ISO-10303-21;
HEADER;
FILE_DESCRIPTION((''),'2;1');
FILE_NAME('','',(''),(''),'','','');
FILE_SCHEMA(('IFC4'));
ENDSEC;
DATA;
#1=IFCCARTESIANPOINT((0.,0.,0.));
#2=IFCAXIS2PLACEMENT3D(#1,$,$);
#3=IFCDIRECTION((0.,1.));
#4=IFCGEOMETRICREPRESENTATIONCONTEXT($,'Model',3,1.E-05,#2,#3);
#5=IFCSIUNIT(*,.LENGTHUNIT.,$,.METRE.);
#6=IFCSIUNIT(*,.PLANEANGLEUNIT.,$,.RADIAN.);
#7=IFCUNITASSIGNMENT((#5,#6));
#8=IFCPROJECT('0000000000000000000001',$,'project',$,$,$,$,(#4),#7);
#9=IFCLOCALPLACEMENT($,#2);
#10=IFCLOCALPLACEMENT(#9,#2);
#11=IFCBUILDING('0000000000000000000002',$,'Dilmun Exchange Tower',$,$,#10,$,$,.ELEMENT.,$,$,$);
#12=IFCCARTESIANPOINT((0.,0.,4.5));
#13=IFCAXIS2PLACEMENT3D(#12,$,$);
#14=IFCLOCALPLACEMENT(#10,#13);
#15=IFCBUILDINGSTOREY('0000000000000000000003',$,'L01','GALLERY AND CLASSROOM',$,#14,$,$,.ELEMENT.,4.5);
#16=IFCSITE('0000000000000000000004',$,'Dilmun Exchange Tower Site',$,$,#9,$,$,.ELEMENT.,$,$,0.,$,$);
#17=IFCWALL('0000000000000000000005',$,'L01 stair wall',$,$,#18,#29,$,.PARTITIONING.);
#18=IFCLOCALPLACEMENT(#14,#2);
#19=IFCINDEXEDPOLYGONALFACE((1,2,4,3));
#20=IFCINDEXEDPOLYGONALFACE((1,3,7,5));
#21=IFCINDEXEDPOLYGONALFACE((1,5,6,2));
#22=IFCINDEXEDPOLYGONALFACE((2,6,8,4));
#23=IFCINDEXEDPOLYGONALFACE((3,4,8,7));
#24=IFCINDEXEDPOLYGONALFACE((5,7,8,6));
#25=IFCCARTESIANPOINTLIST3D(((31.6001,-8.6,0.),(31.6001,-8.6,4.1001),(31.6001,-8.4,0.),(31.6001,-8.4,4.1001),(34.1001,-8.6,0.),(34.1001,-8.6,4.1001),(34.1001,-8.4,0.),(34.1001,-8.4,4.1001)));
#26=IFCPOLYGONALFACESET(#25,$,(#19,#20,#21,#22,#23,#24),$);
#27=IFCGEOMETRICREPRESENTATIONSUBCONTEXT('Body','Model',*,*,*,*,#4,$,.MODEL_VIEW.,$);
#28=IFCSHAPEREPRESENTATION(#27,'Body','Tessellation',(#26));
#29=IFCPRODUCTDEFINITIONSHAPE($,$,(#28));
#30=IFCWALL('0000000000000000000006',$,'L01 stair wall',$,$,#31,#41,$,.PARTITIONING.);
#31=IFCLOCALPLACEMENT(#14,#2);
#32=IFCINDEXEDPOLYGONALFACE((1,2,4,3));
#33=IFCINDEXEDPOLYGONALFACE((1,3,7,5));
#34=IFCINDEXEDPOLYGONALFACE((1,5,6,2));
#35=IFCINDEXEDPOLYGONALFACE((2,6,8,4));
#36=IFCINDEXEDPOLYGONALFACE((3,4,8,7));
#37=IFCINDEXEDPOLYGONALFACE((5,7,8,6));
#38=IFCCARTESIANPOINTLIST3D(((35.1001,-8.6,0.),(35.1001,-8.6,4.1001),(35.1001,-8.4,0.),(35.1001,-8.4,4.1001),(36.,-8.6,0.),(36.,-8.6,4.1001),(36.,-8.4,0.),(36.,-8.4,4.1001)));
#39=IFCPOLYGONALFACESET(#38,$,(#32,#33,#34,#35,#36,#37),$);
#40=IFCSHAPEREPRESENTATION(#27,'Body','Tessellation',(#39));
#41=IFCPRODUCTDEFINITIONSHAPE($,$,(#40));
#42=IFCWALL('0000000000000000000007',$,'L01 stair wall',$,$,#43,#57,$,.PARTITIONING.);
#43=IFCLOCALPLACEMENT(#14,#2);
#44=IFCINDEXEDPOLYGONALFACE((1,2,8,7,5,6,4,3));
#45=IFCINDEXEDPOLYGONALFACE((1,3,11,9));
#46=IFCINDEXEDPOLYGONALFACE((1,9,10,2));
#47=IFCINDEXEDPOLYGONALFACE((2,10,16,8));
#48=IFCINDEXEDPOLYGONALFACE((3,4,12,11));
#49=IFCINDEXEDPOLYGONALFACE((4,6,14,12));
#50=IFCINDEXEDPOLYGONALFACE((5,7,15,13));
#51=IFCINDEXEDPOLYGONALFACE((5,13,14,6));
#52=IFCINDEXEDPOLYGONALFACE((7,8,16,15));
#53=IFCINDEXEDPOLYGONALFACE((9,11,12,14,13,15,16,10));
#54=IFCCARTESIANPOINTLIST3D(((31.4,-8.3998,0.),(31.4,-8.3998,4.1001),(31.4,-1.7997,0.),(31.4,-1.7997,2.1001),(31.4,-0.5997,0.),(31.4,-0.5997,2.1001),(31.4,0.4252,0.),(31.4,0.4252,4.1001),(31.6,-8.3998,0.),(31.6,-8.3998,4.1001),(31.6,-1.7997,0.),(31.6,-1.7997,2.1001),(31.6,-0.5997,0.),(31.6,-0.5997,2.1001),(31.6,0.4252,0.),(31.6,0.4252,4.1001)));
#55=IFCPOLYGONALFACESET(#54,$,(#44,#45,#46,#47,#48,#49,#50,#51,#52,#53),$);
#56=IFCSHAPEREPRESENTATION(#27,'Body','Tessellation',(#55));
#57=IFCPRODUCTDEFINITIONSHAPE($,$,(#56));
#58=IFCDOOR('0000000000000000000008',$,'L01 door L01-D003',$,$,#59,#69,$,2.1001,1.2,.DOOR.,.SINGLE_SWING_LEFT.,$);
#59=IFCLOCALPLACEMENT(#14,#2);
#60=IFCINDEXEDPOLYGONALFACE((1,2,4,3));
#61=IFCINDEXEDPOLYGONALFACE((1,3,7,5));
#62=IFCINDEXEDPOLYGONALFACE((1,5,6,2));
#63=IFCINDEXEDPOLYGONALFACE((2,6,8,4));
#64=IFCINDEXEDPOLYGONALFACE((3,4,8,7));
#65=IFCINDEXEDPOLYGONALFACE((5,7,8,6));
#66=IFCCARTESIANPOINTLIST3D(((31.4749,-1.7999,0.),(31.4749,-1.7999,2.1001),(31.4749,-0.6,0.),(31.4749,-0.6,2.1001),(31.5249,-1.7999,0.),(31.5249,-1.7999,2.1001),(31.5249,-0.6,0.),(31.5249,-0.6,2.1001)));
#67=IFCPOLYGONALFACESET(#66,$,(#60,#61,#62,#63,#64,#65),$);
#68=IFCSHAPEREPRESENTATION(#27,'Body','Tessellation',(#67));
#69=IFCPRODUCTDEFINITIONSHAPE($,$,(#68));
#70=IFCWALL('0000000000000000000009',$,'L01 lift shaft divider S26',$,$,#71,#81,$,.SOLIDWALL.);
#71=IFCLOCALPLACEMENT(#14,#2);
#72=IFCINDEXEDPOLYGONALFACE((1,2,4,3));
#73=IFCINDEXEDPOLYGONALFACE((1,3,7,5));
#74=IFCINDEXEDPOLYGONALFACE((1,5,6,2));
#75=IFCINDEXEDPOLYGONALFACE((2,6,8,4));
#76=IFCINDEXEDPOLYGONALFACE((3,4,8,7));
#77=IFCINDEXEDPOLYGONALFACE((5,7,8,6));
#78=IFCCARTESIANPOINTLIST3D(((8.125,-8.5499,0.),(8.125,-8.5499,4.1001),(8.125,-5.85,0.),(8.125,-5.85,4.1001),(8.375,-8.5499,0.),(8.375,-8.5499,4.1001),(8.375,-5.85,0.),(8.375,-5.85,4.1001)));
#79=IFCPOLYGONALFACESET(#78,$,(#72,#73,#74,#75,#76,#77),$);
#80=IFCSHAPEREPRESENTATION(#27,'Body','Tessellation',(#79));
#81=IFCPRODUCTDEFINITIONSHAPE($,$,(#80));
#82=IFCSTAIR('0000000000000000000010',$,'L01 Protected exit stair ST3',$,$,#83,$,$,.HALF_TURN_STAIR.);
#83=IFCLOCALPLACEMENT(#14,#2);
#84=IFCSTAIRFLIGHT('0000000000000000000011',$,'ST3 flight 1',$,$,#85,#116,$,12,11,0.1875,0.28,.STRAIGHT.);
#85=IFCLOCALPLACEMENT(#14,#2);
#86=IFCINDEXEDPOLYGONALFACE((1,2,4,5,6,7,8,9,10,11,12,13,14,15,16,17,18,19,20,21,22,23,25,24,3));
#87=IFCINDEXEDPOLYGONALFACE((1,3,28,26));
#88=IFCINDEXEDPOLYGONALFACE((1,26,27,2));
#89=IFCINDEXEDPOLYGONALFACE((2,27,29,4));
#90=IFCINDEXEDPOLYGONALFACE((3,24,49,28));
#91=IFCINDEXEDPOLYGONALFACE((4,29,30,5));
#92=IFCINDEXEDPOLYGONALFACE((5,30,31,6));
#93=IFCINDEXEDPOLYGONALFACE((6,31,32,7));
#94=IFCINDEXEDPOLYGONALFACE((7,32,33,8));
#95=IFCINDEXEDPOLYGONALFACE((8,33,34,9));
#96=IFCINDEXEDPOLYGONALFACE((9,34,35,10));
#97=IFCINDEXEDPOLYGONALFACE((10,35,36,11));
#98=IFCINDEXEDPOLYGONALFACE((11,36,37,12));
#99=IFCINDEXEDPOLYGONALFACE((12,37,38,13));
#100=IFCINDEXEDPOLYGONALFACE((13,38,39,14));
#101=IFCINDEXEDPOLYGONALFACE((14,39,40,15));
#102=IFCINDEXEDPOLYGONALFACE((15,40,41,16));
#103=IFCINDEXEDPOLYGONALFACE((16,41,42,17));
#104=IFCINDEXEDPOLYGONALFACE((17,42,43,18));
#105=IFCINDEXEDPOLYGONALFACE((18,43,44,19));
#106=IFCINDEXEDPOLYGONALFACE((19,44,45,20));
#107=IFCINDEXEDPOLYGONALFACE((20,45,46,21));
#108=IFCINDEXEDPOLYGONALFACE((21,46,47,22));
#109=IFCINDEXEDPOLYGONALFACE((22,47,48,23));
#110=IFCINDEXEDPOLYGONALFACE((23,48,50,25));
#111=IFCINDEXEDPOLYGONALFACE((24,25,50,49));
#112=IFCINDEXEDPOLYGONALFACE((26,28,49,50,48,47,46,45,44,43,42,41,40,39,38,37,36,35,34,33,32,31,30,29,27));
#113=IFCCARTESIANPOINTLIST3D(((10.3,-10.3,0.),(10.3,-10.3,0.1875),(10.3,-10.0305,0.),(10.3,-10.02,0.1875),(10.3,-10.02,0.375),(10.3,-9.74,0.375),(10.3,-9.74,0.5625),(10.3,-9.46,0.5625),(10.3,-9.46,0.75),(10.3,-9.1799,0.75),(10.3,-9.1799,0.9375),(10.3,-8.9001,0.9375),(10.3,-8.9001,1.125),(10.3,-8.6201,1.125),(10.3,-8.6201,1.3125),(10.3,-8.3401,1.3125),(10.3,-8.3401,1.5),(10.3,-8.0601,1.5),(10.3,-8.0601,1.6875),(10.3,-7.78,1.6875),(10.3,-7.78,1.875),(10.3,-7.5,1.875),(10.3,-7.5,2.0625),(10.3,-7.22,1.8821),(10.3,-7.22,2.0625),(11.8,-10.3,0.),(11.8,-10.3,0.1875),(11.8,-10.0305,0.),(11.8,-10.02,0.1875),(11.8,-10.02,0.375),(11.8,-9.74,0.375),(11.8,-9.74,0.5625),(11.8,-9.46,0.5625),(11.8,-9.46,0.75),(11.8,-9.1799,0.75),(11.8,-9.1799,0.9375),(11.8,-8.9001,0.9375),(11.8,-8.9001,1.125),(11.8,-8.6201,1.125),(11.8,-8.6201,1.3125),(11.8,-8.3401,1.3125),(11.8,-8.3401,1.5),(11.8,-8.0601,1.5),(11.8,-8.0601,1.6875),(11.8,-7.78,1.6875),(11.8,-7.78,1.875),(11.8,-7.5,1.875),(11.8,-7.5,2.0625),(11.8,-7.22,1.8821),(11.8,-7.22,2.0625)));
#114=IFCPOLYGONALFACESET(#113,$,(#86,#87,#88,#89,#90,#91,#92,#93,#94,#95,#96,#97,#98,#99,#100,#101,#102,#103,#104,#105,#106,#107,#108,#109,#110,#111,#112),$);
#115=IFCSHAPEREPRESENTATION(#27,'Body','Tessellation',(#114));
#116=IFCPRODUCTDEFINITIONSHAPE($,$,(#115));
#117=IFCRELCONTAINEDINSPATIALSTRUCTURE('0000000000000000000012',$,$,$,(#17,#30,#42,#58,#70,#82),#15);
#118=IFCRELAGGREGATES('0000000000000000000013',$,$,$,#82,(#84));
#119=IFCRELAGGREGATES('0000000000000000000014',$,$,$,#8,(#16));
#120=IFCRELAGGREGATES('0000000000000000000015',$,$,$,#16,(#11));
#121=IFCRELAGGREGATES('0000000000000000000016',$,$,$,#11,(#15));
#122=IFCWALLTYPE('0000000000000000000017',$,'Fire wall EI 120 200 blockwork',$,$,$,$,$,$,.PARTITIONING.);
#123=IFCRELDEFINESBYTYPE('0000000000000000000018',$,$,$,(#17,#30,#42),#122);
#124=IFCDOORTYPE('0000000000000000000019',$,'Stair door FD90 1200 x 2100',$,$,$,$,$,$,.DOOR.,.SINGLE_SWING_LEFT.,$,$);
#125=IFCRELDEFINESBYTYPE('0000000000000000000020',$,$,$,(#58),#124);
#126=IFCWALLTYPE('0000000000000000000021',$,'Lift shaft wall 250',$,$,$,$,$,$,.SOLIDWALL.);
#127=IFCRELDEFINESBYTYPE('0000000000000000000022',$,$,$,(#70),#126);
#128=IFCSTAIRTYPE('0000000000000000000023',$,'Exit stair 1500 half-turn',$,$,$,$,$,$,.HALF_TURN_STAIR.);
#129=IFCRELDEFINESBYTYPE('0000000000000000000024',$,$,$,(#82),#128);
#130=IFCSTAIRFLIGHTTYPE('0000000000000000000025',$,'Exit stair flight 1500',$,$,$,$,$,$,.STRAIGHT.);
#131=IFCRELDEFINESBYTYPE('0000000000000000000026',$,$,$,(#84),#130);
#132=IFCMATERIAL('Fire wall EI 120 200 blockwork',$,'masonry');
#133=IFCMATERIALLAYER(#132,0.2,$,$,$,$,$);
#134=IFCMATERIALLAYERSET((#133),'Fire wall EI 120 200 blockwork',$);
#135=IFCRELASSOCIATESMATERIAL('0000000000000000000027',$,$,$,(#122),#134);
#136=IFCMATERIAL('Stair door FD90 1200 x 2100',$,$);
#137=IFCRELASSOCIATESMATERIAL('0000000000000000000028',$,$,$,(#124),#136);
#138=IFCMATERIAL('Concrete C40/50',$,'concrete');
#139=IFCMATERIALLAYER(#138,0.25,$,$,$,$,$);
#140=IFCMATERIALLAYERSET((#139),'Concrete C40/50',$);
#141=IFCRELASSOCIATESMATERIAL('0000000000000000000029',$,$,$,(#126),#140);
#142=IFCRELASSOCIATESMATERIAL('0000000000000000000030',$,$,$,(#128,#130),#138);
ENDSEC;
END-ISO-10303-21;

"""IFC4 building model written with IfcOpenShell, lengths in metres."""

from ifc_helpers import new_model, si_unit, direction, frame, frame_2d, origin, place, context, subcontext, project, spatial, polyline, rectangle, outline, extrude, material, layer, layer_set, type_object, element, fill, aggregate, save


model = new_model("IFC4")

# Units and contexts
model_context = context("Model", 3, precision=1e-05, world=origin(), true_north=direction((0.0, 1.0)))
body_context = subcontext(model_context, "Body", "Model", "MODEL_VIEW")
ifc_project = project(units=[si_unit("LENGTHUNIT", "METRE"), si_unit("PLANEANGLEUNIT", "RADIAN")], contexts=[model_context])

# Site, building, storey
site_placement = place(None, origin())
site = spatial("IfcSite", under=ifc_project, at=site_placement, Name="Dilmun Exchange Tower Site", CompositionType="ELEMENT", RefElevation=0.0)
building_placement = place(site_placement, origin())
building = spatial("IfcBuilding", under=site, at=building_placement, Name="Dilmun Exchange Tower", CompositionType="ELEMENT")
storey_placement = place(building_placement, frame((0.0, 0.0, 4.5)))
storey = spatial("IfcBuildingStorey", under=building, at=storey_placement, Name="L01", Description="GALLERY AND CLASSROOM", CompositionType="ELEMENT", Elevation=4.5)

# Walls
ifc_material_1 = material(Name="Fire wall EI 120 200 blockwork", Category="masonry")
ifc_layer_1 = layer(ifc_material_1, 0.2)
ifc_layer_set_1 = layer_set([ifc_layer_1], Name="Fire wall EI 120 200 blockwork")
wall_type_1 = type_object("IfcWallType", Name="Fire wall EI 120 200 blockwork", PredefinedType="PARTITIONING", material=ifc_layer_set_1)
wall_1_placement = place(storey_placement, frame((31.6001, -8.5, 0.0), z_axis=(0.0, 0.0, 1.0), x_axis=(1.0, 0.0, 0.0)))
element("IfcWall", 1, at=wall_1_placement, inside=storey, type_object=wall_type_1, Name="L01 stair wall", PredefinedType="PARTITIONING", context=body_context, shape_type="SweptSolid", body=[
    extrude(rectangle(XDim=2.5, YDim=0.2, at=frame_2d((1.25, 0.0))), origin(), (0.0, 0.0, 1.0), 4.1001),
])
wall_2_placement = place(storey_placement, frame((35.1001, -8.5, 0.0), z_axis=(0.0, 0.0, 1.0), x_axis=(1.0, 0.0, 0.0)))
element("IfcWall", 2, at=wall_2_placement, inside=storey, type_object=wall_type_1, Name="L01 stair wall", PredefinedType="PARTITIONING", context=body_context, shape_type="SweptSolid", body=[
    extrude(rectangle(XDim=0.8999, YDim=0.2, at=frame_2d((0.45, 0.0))), origin(), (0.0, 0.0, 1.0), 4.1001),
])

# Wall, opening, door
wall_3_placement = place(storey_placement, frame((31.5, -8.3999, 0.0), z_axis=(0.0, 0.0, 1.0), x_axis=(0.0, 1.0, 0.0)))
wall_3 = element("IfcWall", 3, at=wall_3_placement, inside=storey, type_object=wall_type_1, Name="L01 stair wall", PredefinedType="PARTITIONING", context=body_context, shape_type="SweptSolid", body=[
    extrude(rectangle(XDim=8.825, YDim=0.2, at=frame_2d((4.4126, 0.0))), origin(), (0.0, 0.0, 1.0), 4.1001),
])
opening_1_placement = place(wall_3_placement, frame((6.6001, 0.0, 0.0)))
opening_1 = element("IfcOpeningElement", 4, at=opening_1_placement, cuts=wall_3, PredefinedType="OPENING", context=body_context, shape_type="SweptSolid", body=[
    extrude(rectangle(XDim=1.2, YDim=2.1001, at=frame_2d((0.6001, 1.05))), frame((0.0, 0.1099, 0.0), z_axis=(0.0, -1.0, 0.0), x_axis=(1.0, 0.0, 0.0)), (0.0, 0.0, 1.0), 0.22),
])
ifc_material_2 = material(Name="Stair door FD90 1200 x 2100")
door_type_1 = type_object("IfcDoorType", Name="Stair door FD90 1200 x 2100", OperationType="SINGLE_SWING_LEFT", PredefinedType="DOOR", material=ifc_material_2)
door_1_placement = place(opening_1_placement, frame((1.2, 0.0, 0.0), z_axis=(0.0, 0.0, 1.0), x_axis=(-1.0, 0.0, 0.0)))
door_1 = element("IfcDoor", 5, at=door_1_placement, inside=storey, type_object=door_type_1, Name="L01 door L01-D003", OperationType="SINGLE_SWING_LEFT", OverallHeight=2.1001, OverallWidth=1.2, PredefinedType="DOOR", context=body_context, shape_type="SweptSolid", body=[
    extrude(rectangle(XDim=1.2, YDim=2.1001, at=frame_2d((0.6001, 1.05))), frame((0.0, 0.0249, 0.0), z_axis=(0.0, -1.0, 0.0), x_axis=(1.0, 0.0, 0.0)), (0.0, 0.0, 1.0), 0.05),
])
fill(opening_1, door_1)

# Wall
ifc_material_3 = material(Name="Concrete C40/50", Category="concrete")
ifc_layer_2 = layer(ifc_material_3, 0.25)
ifc_layer_set_2 = layer_set([ifc_layer_2], Name="Concrete C40/50")
wall_type_2 = type_object("IfcWallType", Name="Lift shaft wall 250", PredefinedType="SOLIDWALL", material=ifc_layer_set_2)
wall_4_placement = place(storey_placement, frame((8.25, -8.55, 0.0), z_axis=(0.0, 0.0, 1.0), x_axis=(0.0, 1.0, 0.0)))
element("IfcWall", 6, at=wall_4_placement, inside=storey, type_object=wall_type_2, Name="L01 lift shaft divider S26", PredefinedType="SOLIDWALL", context=body_context, shape_type="SweptSolid", body=[
    extrude(rectangle(XDim=2.7, YDim=0.25, at=frame_2d((1.3501, 0.0))), origin(), (0.0, 0.0, 1.0), 4.1001),
])

# Stair, stair flight
stair_type = type_object("IfcStairType", Name="Exit stair 1500 half-turn", PredefinedType="HALF_TURN_STAIR", material=ifc_material_3)
stair_placement = place(storey_placement, origin())
stair = element("IfcStair", 7, at=stair_placement, inside=storey, type_object=stair_type, Name="L01 Protected exit stair ST3", PredefinedType="HALF_TURN_STAIR")
stair_flight_type = type_object("IfcStairFlightType", Name="Exit stair flight 1500", PredefinedType="STRAIGHT", material=ifc_material_3)
stair_flight_placement = place(storey_placement, frame((11.05, -10.3, 0.0), z_axis=(0.0, 0.0, 1.0), x_axis=(0.0, 1.0, 0.0)))
stair_flight = element("IfcStairFlight", 8, at=stair_flight_placement, type_object=stair_flight_type, Name="ST3 flight 1", NumberOfRisers=12, NumberOfTreads=11, PredefinedType="STRAIGHT", RiserHeight=0.1875, TreadLength=0.28, context=body_context, shape_type="SweptSolid", body=[
    extrude(outline(polyline([(0.0, 0.0), (0.0, 0.1875), (0.28, 0.1875), (0.28, 0.375), (0.5601, 0.375), (0.5601, 0.5625), (0.8401, 0.5625), (0.8401, 0.75), (1.1201, 0.75), (1.1201, 0.9375), (1.3999, 0.9375), (1.3999, 1.125), (1.6799, 1.125), (1.6799, 1.3125), (1.96, 1.3125), (1.96, 1.5), (2.24, 1.5), (2.24, 1.6875), (2.52, 1.6875), (2.52, 1.875), (2.8, 1.875), (2.8, 2.0625), (3.0801, 2.0625), (3.0801, 2.25), (3.0801, 1.8821), (0.2695, 0.0), (0.0, 0.0)])), frame((0.0, 0.75, 0.0), z_axis=(0.0, -1.0, 0.0), x_axis=(1.0, 0.0, 0.0)), (0.0, 0.0, 1.0), 1.5),
])
aggregate(stair, [stair_flight])

save(model, "model.ifc")
